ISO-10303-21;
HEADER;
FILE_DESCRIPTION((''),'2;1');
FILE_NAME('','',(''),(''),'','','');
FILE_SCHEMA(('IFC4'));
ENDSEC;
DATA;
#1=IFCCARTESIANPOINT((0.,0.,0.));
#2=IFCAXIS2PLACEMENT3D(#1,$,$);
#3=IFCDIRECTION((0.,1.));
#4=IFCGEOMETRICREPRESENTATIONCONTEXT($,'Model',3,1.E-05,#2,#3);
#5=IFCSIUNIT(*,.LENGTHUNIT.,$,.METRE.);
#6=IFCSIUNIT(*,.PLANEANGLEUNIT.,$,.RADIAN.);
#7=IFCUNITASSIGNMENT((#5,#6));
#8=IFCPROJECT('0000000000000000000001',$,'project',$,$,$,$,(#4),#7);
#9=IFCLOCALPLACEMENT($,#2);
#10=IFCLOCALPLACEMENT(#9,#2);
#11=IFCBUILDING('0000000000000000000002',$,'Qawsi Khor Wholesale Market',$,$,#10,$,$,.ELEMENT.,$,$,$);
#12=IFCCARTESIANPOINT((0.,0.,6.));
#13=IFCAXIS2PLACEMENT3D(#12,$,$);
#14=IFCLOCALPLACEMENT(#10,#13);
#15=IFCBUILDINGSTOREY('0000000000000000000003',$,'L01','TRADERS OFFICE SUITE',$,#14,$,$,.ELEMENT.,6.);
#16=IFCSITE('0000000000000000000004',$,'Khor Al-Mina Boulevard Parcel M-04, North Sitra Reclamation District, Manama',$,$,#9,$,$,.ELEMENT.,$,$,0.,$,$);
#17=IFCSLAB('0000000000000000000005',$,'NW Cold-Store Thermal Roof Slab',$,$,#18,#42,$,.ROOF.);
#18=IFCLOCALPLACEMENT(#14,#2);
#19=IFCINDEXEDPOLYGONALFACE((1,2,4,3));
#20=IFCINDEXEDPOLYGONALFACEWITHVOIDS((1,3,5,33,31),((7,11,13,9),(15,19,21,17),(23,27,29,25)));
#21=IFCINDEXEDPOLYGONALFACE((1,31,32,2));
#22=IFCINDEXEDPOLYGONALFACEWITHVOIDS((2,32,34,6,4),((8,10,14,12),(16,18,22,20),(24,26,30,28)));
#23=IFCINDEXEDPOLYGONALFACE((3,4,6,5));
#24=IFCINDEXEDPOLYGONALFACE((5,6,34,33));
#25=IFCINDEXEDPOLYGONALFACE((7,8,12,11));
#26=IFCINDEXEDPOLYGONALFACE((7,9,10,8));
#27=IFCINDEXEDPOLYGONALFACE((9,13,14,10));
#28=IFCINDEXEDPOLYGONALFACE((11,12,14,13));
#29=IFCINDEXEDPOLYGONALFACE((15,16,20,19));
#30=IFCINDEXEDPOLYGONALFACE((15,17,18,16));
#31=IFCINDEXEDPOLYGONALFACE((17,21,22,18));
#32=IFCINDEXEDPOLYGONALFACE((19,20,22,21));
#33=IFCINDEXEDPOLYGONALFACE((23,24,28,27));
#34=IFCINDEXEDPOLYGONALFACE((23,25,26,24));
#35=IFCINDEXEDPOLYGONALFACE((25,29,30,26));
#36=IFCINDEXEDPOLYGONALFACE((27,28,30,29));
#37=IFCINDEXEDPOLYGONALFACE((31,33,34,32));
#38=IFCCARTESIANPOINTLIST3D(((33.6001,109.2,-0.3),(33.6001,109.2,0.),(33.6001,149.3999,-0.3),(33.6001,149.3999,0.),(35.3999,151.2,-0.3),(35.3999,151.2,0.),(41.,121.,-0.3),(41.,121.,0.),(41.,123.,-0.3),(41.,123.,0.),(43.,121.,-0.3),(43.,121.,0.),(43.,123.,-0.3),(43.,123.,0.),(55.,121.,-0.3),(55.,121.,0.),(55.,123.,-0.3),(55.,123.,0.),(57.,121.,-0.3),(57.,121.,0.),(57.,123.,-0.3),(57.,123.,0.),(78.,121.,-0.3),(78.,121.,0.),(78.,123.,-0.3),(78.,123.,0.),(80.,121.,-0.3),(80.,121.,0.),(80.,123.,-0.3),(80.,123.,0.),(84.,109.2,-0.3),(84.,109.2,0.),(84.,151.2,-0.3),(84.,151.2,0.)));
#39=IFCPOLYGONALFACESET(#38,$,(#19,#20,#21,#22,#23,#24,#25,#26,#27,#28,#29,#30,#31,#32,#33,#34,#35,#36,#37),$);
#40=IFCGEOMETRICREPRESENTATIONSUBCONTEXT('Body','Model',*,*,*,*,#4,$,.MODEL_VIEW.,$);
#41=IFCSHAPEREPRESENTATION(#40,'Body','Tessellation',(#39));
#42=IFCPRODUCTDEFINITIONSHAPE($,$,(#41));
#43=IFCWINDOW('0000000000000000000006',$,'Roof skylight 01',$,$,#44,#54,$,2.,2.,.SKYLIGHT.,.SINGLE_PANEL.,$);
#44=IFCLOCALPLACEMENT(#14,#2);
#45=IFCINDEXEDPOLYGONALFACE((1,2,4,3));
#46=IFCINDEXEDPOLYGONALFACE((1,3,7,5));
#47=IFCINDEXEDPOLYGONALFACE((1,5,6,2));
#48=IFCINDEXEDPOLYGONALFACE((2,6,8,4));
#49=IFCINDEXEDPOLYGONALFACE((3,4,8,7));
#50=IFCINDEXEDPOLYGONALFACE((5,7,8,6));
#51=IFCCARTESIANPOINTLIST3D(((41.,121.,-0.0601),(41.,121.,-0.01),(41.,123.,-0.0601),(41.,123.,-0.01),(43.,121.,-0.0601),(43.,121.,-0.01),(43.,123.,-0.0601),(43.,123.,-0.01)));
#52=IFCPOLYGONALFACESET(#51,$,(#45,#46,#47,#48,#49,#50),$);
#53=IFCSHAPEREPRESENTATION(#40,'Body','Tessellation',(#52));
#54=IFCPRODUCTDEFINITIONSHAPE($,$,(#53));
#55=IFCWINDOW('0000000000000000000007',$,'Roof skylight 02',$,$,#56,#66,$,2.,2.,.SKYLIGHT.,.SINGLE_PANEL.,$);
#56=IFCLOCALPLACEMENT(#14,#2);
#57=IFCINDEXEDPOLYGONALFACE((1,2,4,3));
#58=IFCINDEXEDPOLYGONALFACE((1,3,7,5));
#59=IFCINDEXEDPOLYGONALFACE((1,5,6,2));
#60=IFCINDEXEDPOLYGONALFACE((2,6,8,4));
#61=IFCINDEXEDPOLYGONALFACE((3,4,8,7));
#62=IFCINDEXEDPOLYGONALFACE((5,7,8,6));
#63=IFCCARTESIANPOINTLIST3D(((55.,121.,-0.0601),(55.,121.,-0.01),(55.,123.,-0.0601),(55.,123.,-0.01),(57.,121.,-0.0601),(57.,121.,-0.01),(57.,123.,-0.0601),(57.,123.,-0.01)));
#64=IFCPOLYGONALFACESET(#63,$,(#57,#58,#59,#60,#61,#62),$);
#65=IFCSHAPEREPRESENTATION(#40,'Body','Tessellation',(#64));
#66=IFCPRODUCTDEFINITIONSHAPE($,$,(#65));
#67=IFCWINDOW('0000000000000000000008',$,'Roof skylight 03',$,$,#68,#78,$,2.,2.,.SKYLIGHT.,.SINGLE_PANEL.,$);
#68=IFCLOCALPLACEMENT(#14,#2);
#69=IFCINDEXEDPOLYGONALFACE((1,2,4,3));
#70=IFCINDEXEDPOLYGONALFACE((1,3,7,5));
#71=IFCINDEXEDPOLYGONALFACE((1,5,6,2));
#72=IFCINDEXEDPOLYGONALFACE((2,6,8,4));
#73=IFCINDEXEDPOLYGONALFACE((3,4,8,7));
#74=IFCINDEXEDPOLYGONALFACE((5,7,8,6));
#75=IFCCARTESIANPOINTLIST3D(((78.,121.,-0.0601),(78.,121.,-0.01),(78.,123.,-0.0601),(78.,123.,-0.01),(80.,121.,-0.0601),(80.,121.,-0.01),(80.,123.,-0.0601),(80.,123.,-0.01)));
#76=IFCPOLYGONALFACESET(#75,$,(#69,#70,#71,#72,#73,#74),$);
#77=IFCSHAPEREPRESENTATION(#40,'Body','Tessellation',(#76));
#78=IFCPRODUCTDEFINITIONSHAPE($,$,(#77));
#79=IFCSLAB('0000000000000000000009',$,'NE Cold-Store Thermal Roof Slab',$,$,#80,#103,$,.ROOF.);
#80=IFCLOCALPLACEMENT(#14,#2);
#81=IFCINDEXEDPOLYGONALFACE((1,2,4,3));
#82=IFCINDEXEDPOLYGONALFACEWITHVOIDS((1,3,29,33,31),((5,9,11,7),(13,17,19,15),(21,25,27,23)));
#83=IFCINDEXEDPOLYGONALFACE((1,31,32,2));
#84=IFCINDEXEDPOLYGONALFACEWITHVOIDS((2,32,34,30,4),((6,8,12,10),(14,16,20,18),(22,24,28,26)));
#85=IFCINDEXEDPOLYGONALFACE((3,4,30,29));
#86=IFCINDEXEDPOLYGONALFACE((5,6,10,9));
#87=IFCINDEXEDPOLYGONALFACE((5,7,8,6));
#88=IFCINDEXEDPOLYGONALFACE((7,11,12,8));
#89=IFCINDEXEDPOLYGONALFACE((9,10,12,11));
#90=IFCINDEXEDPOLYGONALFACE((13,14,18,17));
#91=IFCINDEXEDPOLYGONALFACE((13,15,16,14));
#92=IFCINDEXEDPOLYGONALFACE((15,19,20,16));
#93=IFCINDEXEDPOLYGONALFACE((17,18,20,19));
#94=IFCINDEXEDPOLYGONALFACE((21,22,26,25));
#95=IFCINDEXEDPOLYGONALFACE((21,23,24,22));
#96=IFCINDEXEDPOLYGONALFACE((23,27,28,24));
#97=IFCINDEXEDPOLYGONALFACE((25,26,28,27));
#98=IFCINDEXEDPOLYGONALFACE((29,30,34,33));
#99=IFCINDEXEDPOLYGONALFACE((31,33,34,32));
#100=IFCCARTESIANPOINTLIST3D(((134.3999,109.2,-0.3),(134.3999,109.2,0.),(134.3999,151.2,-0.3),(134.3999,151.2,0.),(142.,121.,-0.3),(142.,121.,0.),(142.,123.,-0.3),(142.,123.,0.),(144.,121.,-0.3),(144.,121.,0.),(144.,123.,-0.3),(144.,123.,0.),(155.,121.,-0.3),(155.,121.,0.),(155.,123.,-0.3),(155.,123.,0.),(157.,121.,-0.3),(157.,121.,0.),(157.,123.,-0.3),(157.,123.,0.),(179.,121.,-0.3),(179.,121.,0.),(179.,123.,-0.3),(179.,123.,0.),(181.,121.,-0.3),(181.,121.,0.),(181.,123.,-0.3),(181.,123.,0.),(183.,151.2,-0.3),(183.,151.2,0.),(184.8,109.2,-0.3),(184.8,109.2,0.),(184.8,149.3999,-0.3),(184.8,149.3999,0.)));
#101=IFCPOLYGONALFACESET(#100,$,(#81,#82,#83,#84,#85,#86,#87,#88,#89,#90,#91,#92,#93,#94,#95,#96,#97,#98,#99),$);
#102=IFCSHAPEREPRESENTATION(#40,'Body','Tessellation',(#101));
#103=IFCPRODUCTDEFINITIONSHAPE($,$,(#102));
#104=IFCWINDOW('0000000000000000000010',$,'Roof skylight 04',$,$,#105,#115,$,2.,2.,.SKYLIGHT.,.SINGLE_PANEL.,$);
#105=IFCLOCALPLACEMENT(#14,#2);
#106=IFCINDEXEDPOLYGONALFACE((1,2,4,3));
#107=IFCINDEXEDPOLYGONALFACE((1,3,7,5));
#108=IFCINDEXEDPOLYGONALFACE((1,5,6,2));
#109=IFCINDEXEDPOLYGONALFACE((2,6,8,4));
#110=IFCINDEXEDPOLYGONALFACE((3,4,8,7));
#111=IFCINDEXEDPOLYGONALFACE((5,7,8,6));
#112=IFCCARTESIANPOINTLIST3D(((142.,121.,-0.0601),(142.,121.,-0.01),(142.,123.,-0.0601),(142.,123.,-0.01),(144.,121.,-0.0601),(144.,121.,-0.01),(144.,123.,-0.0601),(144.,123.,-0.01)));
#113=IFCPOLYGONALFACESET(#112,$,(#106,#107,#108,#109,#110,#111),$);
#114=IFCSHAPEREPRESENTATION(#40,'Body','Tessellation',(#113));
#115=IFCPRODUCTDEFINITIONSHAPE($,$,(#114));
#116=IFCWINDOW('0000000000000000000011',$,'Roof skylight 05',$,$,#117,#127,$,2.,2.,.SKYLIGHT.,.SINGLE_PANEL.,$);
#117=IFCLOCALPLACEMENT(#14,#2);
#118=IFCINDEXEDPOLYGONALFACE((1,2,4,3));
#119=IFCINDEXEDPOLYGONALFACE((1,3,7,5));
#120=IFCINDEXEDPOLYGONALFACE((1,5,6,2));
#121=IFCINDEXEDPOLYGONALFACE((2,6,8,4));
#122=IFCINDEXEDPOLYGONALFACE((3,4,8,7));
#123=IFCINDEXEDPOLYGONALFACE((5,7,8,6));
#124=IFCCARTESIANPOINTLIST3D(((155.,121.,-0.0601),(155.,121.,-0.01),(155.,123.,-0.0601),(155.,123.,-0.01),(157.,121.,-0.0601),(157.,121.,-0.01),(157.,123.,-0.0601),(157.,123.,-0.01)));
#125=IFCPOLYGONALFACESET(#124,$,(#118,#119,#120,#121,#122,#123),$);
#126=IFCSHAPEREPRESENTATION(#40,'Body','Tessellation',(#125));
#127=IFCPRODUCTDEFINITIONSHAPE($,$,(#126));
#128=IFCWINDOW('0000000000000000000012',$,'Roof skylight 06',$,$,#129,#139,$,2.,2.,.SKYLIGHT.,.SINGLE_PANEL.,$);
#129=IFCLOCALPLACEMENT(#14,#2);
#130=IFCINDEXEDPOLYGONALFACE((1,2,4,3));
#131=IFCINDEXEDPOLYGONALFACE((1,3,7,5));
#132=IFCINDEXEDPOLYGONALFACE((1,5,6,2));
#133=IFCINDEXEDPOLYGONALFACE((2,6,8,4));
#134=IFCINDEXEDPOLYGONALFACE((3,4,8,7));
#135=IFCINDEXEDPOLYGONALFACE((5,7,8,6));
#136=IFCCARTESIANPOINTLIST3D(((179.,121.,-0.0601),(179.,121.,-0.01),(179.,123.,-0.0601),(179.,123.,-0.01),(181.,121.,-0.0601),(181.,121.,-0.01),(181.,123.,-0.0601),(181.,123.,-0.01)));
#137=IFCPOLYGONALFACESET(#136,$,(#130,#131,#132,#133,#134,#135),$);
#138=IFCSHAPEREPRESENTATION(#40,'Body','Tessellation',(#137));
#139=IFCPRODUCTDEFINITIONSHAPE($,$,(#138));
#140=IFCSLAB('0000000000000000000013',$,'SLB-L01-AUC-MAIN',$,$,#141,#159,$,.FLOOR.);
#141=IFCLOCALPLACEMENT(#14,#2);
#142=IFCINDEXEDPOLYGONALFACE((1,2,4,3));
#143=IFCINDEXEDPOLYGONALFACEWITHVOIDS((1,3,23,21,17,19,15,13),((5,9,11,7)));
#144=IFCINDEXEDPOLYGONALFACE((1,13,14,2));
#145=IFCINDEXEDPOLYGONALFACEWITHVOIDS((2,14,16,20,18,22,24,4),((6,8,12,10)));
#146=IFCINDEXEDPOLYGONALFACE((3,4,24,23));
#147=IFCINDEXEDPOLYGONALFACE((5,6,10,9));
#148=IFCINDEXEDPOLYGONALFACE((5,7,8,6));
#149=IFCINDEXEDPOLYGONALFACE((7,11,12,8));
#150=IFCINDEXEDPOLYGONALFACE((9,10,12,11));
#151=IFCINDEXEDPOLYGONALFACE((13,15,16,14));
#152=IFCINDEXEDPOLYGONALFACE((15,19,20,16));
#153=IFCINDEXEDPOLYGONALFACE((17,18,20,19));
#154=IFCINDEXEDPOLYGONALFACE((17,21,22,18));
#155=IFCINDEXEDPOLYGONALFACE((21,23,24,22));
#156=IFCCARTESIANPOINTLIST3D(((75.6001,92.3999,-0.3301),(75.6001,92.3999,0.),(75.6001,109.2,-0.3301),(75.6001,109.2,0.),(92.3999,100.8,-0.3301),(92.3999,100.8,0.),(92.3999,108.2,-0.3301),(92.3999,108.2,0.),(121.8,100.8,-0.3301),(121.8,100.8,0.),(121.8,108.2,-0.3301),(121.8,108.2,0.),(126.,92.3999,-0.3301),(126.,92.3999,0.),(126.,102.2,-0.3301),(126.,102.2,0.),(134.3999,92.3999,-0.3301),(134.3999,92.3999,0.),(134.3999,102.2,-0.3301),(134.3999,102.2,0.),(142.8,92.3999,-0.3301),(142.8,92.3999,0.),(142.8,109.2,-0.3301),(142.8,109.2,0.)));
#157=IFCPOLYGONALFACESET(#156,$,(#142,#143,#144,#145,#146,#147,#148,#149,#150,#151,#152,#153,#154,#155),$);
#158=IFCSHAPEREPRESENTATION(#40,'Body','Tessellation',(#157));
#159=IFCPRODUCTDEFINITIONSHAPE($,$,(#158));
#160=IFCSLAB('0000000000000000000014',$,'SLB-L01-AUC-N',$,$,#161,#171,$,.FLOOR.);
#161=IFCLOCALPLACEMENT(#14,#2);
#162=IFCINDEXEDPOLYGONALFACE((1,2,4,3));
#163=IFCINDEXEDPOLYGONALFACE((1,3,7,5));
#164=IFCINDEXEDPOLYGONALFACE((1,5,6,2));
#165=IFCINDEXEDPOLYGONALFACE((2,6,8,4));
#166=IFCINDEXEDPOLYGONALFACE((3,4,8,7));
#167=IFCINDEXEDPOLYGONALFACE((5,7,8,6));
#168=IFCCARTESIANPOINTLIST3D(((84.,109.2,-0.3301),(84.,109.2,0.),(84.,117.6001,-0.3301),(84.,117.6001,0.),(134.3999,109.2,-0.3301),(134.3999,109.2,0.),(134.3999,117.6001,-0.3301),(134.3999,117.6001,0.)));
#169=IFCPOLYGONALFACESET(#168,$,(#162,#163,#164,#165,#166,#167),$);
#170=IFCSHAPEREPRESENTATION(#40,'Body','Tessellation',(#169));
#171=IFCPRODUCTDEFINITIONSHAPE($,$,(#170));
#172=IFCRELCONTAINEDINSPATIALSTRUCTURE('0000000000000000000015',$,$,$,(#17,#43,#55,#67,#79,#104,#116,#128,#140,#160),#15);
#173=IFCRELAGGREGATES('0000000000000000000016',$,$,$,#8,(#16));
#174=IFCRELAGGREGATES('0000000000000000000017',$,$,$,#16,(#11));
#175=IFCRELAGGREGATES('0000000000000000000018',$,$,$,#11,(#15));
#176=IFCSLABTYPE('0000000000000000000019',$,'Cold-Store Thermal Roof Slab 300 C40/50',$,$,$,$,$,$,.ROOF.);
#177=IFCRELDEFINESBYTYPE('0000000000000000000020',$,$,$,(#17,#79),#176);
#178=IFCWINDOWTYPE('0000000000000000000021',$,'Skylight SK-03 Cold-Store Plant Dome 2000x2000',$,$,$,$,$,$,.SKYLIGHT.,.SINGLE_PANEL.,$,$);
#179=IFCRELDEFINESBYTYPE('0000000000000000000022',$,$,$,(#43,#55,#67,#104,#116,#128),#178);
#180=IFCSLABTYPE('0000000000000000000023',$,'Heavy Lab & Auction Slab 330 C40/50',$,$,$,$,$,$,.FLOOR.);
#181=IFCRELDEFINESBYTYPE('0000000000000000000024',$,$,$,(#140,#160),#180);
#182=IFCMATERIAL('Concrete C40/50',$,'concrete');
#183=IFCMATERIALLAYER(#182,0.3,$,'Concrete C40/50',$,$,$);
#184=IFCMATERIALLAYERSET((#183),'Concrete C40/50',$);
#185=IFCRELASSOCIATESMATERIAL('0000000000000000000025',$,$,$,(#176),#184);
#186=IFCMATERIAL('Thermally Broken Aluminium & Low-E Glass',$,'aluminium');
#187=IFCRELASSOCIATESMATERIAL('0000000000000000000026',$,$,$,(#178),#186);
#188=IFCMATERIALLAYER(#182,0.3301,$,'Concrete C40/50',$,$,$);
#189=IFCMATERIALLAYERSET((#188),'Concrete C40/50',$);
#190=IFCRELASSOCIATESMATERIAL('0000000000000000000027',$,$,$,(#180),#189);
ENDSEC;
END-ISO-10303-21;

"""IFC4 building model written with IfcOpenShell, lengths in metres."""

from ifc_helpers import new_model, si_unit, direction, frame, origin, origin_2d, place, context, subcontext, project, spatial, polyline, rectangle, outline, extrude, material, layer, layer_set, type_object, element, fill, save


model = new_model("IFC4")

# Units and contexts
model_context = context("Model", 3, precision=1e-05, world=origin(), true_north=direction((0.0, 1.0)))
body_context = subcontext(model_context, "Body", "Model", "MODEL_VIEW")
ifc_project = project(units=[si_unit("LENGTHUNIT", "METRE"), si_unit("PLANEANGLEUNIT", "RADIAN")], contexts=[model_context])

# Site, building, storey
site_placement = place(None, origin())
site = spatial("IfcSite", under=ifc_project, at=site_placement, Name="Khor Al-Mina Boulevard Parcel M-04, North Sitra Reclamation District, Manama", CompositionType="ELEMENT", RefElevation=0.0)
building_placement = place(site_placement, origin())
building = spatial("IfcBuilding", under=site, at=building_placement, Name="Qawsi Khor Wholesale Market", CompositionType="ELEMENT")
storey_placement = place(building_placement, frame((0.0, 0.0, 6.0)))
storey = spatial("IfcBuildingStorey", under=building, at=storey_placement, Name="L01", Description="TRADERS OFFICE SUITE", CompositionType="ELEMENT", Elevation=6.0)

# Slabs, openings, windows
ifc_material_1 = material(Name="Concrete C40/50", Category="concrete")
ifc_layer_1 = layer(ifc_material_1, 0.3, Name="Concrete C40/50")
ifc_layer_set_1 = layer_set([ifc_layer_1], Name="Concrete C40/50")
slab_type_1 = type_object("IfcSlabType", Name="Cold-Store Thermal Roof Slab 300 C40/50", PredefinedType="ROOF", material=ifc_layer_set_1)
slab_1_placement = place(storey_placement, frame((0.0, 0.0, -0.3)))
slab_1 = element("IfcSlab", 1, at=slab_1_placement, inside=storey, type_object=slab_type_1, Name="NW Cold-Store Thermal Roof Slab", PredefinedType="ROOF", context=body_context, shape_type="SweptSolid", body=[
    extrude(outline(polyline([(33.6001, 109.2), (84.0, 109.2), (84.0, 151.2), (35.3999, 151.2), (33.6001, 149.3999), (33.6001, 109.2)])), origin(), (0.0, 0.0, 1.0), 0.3),
])
opening_1_placement = place(slab_1_placement, frame((42.0, 122.0, -0.01)))
opening_1 = element("IfcOpeningElement", 2, at=opening_1_placement, cuts=slab_1, PredefinedType="OPENING", context=body_context, shape_type="SweptSolid", body=[
    extrude(rectangle(XDim=2.0, YDim=2.0, at=origin_2d()), origin(), (0.0, 0.0, 1.0), 0.3201),
])
opening_2_placement = place(slab_1_placement, frame((56.0, 122.0, -0.01)))
opening_2 = element("IfcOpeningElement", 3, at=opening_2_placement, cuts=slab_1, PredefinedType="OPENING", context=body_context, shape_type="SweptSolid", body=[
    extrude(rectangle(XDim=2.0, YDim=2.0, at=origin_2d()), origin(), (0.0, 0.0, 1.0), 0.3201),
])
opening_3_placement = place(slab_1_placement, frame((79.0, 122.0, -0.01)))
opening_3 = element("IfcOpeningElement", 4, at=opening_3_placement, cuts=slab_1, PredefinedType="OPENING", context=body_context, shape_type="SweptSolid", body=[
    extrude(rectangle(XDim=2.0, YDim=2.0, at=origin_2d()), origin(), (0.0, 0.0, 1.0), 0.3201),
])
ifc_material_2 = material(Name="Thermally Broken Aluminium & Low-E Glass", Category="aluminium")
window_type = type_object("IfcWindowType", Name="Skylight SK-03 Cold-Store Plant Dome 2000x2000", PartitioningType="SINGLE_PANEL", PredefinedType="SKYLIGHT", material=ifc_material_2)
window_1_placement = place(opening_1_placement, frame((0.0, 0.0, 0.25)))
window_1 = element("IfcWindow", 5, at=window_1_placement, inside=storey, type_object=window_type, Name="Roof skylight 01", OverallHeight=2.0, OverallWidth=2.0, PartitioningType="SINGLE_PANEL", PredefinedType="SKYLIGHT", context=body_context, shape_type="SweptSolid", body=[
    extrude(rectangle(XDim=2.0, YDim=2.0, at=origin_2d()), origin(), (0.0, 0.0, 1.0), 0.05),
])
fill(opening_1, window_1)
window_2_placement = place(opening_2_placement, frame((0.0, 0.0, 0.25)))
window_2 = element("IfcWindow", 6, at=window_2_placement, inside=storey, type_object=window_type, Name="Roof skylight 02", OverallHeight=2.0, OverallWidth=2.0, PartitioningType="SINGLE_PANEL", PredefinedType="SKYLIGHT", context=body_context, shape_type="SweptSolid", body=[
    extrude(rectangle(XDim=2.0, YDim=2.0, at=origin_2d()), origin(), (0.0, 0.0, 1.0), 0.05),
])
fill(opening_2, window_2)
window_3_placement = place(opening_3_placement, frame((0.0, 0.0, 0.25)))
window_3 = element("IfcWindow", 7, at=window_3_placement, inside=storey, type_object=window_type, Name="Roof skylight 03", OverallHeight=2.0, OverallWidth=2.0, PartitioningType="SINGLE_PANEL", PredefinedType="SKYLIGHT", context=body_context, shape_type="SweptSolid", body=[
    extrude(rectangle(XDim=2.0, YDim=2.0, at=origin_2d()), origin(), (0.0, 0.0, 1.0), 0.05),
])
fill(opening_3, window_3)
slab_2_placement = place(storey_placement, frame((0.0, 0.0, -0.3)))
slab_2 = element("IfcSlab", 8, at=slab_2_placement, inside=storey, type_object=slab_type_1, Name="NE Cold-Store Thermal Roof Slab", PredefinedType="ROOF", context=body_context, shape_type="SweptSolid", body=[
    extrude(outline(polyline([(134.3999, 109.2), (184.8, 109.2), (184.8, 149.3999), (183.0, 151.2), (134.3999, 151.2), (134.3999, 109.2)])), origin(), (0.0, 0.0, 1.0), 0.3),
])
opening_4_placement = place(slab_2_placement, frame((143.0, 122.0, -0.01)))
opening_4 = element("IfcOpeningElement", 9, at=opening_4_placement, cuts=slab_2, PredefinedType="OPENING", context=body_context, shape_type="SweptSolid", body=[
    extrude(rectangle(XDim=2.0, YDim=2.0, at=origin_2d()), origin(), (0.0, 0.0, 1.0), 0.3201),
])
opening_5_placement = place(slab_2_placement, frame((156.0, 122.0, -0.01)))
opening_5 = element("IfcOpeningElement", 10, at=opening_5_placement, cuts=slab_2, PredefinedType="OPENING", context=body_context, shape_type="SweptSolid", body=[
    extrude(rectangle(XDim=2.0, YDim=2.0, at=origin_2d()), origin(), (0.0, 0.0, 1.0), 0.3201),
])
opening_6_placement = place(slab_2_placement, frame((180.0, 122.0, -0.01)))
opening_6 = element("IfcOpeningElement", 11, at=opening_6_placement, cuts=slab_2, PredefinedType="OPENING", context=body_context, shape_type="SweptSolid", body=[
    extrude(rectangle(XDim=2.0, YDim=2.0, at=origin_2d()), origin(), (0.0, 0.0, 1.0), 0.3201),
])
window_4_placement = place(opening_4_placement, frame((0.0, 0.0, 0.25)))
window_4 = element("IfcWindow", 12, at=window_4_placement, inside=storey, type_object=window_type, Name="Roof skylight 04", OverallHeight=2.0, OverallWidth=2.0, PartitioningType="SINGLE_PANEL", PredefinedType="SKYLIGHT", context=body_context, shape_type="SweptSolid", body=[
    extrude(rectangle(XDim=2.0, YDim=2.0, at=origin_2d()), origin(), (0.0, 0.0, 1.0), 0.05),
])
fill(opening_4, window_4)
window_5_placement = place(opening_5_placement, frame((0.0, 0.0, 0.25)))
window_5 = element("IfcWindow", 13, at=window_5_placement, inside=storey, type_object=window_type, Name="Roof skylight 05", OverallHeight=2.0, OverallWidth=2.0, PartitioningType="SINGLE_PANEL", PredefinedType="SKYLIGHT", context=body_context, shape_type="SweptSolid", body=[
    extrude(rectangle(XDim=2.0, YDim=2.0, at=origin_2d()), origin(), (0.0, 0.0, 1.0), 0.05),
])
fill(opening_5, window_5)
window_6_placement = place(opening_6_placement, frame((0.0, 0.0, 0.25)))
window_6 = element("IfcWindow", 14, at=window_6_placement, inside=storey, type_object=window_type, Name="Roof skylight 06", OverallHeight=2.0, OverallWidth=2.0, PartitioningType="SINGLE_PANEL", PredefinedType="SKYLIGHT", context=body_context, shape_type="SweptSolid", body=[
    extrude(rectangle(XDim=2.0, YDim=2.0, at=origin_2d()), origin(), (0.0, 0.0, 1.0), 0.05),
])
fill(opening_6, window_6)

# Slabs
ifc_layer_2 = layer(ifc_material_1, 0.3301, Name="Concrete C40/50")
ifc_layer_set_2 = layer_set([ifc_layer_2], Name="Concrete C40/50")
slab_type_2 = type_object("IfcSlabType", Name="Heavy Lab & Auction Slab 330 C40/50", PredefinedType="FLOOR", material=ifc_layer_set_2)
slab_3_placement = place(storey_placement, frame((0.0, 0.0, -0.3301)))
element("IfcSlab", 15, at=slab_3_placement, inside=storey, type_object=slab_type_2, Name="SLB-L01-AUC-MAIN", PredefinedType="FLOOR", context=body_context, shape_type="SweptSolid", body=[
    extrude(outline(polyline([(75.6001, 109.2), (142.8, 109.2), (142.8, 92.3999), (134.3999, 92.3999), (134.3999, 102.2), (126.0, 102.2), (126.0, 92.3999), (75.6001, 92.3999), (75.6001, 109.2)]), holes=[polyline([(121.8, 108.2), (92.3999, 108.2), (92.3999, 100.8), (121.8, 100.8), (121.8, 108.2)])]), origin(), (0.0, 0.0, 1.0), 0.3301),
])
slab_4_placement = place(storey_placement, frame((0.0, 0.0, -0.3301)))
element("IfcSlab", 16, at=slab_4_placement, inside=storey, type_object=slab_type_2, Name="SLB-L01-AUC-N", PredefinedType="FLOOR", context=body_context, shape_type="SweptSolid", body=[
    extrude(outline(polyline([(84.0, 117.6001), (134.3999, 117.6001), (134.3999, 109.2), (84.0, 109.2), (84.0, 117.6001)])), origin(), (0.0, 0.0, 1.0), 0.3301),
])

save(model, "model.ifc")
